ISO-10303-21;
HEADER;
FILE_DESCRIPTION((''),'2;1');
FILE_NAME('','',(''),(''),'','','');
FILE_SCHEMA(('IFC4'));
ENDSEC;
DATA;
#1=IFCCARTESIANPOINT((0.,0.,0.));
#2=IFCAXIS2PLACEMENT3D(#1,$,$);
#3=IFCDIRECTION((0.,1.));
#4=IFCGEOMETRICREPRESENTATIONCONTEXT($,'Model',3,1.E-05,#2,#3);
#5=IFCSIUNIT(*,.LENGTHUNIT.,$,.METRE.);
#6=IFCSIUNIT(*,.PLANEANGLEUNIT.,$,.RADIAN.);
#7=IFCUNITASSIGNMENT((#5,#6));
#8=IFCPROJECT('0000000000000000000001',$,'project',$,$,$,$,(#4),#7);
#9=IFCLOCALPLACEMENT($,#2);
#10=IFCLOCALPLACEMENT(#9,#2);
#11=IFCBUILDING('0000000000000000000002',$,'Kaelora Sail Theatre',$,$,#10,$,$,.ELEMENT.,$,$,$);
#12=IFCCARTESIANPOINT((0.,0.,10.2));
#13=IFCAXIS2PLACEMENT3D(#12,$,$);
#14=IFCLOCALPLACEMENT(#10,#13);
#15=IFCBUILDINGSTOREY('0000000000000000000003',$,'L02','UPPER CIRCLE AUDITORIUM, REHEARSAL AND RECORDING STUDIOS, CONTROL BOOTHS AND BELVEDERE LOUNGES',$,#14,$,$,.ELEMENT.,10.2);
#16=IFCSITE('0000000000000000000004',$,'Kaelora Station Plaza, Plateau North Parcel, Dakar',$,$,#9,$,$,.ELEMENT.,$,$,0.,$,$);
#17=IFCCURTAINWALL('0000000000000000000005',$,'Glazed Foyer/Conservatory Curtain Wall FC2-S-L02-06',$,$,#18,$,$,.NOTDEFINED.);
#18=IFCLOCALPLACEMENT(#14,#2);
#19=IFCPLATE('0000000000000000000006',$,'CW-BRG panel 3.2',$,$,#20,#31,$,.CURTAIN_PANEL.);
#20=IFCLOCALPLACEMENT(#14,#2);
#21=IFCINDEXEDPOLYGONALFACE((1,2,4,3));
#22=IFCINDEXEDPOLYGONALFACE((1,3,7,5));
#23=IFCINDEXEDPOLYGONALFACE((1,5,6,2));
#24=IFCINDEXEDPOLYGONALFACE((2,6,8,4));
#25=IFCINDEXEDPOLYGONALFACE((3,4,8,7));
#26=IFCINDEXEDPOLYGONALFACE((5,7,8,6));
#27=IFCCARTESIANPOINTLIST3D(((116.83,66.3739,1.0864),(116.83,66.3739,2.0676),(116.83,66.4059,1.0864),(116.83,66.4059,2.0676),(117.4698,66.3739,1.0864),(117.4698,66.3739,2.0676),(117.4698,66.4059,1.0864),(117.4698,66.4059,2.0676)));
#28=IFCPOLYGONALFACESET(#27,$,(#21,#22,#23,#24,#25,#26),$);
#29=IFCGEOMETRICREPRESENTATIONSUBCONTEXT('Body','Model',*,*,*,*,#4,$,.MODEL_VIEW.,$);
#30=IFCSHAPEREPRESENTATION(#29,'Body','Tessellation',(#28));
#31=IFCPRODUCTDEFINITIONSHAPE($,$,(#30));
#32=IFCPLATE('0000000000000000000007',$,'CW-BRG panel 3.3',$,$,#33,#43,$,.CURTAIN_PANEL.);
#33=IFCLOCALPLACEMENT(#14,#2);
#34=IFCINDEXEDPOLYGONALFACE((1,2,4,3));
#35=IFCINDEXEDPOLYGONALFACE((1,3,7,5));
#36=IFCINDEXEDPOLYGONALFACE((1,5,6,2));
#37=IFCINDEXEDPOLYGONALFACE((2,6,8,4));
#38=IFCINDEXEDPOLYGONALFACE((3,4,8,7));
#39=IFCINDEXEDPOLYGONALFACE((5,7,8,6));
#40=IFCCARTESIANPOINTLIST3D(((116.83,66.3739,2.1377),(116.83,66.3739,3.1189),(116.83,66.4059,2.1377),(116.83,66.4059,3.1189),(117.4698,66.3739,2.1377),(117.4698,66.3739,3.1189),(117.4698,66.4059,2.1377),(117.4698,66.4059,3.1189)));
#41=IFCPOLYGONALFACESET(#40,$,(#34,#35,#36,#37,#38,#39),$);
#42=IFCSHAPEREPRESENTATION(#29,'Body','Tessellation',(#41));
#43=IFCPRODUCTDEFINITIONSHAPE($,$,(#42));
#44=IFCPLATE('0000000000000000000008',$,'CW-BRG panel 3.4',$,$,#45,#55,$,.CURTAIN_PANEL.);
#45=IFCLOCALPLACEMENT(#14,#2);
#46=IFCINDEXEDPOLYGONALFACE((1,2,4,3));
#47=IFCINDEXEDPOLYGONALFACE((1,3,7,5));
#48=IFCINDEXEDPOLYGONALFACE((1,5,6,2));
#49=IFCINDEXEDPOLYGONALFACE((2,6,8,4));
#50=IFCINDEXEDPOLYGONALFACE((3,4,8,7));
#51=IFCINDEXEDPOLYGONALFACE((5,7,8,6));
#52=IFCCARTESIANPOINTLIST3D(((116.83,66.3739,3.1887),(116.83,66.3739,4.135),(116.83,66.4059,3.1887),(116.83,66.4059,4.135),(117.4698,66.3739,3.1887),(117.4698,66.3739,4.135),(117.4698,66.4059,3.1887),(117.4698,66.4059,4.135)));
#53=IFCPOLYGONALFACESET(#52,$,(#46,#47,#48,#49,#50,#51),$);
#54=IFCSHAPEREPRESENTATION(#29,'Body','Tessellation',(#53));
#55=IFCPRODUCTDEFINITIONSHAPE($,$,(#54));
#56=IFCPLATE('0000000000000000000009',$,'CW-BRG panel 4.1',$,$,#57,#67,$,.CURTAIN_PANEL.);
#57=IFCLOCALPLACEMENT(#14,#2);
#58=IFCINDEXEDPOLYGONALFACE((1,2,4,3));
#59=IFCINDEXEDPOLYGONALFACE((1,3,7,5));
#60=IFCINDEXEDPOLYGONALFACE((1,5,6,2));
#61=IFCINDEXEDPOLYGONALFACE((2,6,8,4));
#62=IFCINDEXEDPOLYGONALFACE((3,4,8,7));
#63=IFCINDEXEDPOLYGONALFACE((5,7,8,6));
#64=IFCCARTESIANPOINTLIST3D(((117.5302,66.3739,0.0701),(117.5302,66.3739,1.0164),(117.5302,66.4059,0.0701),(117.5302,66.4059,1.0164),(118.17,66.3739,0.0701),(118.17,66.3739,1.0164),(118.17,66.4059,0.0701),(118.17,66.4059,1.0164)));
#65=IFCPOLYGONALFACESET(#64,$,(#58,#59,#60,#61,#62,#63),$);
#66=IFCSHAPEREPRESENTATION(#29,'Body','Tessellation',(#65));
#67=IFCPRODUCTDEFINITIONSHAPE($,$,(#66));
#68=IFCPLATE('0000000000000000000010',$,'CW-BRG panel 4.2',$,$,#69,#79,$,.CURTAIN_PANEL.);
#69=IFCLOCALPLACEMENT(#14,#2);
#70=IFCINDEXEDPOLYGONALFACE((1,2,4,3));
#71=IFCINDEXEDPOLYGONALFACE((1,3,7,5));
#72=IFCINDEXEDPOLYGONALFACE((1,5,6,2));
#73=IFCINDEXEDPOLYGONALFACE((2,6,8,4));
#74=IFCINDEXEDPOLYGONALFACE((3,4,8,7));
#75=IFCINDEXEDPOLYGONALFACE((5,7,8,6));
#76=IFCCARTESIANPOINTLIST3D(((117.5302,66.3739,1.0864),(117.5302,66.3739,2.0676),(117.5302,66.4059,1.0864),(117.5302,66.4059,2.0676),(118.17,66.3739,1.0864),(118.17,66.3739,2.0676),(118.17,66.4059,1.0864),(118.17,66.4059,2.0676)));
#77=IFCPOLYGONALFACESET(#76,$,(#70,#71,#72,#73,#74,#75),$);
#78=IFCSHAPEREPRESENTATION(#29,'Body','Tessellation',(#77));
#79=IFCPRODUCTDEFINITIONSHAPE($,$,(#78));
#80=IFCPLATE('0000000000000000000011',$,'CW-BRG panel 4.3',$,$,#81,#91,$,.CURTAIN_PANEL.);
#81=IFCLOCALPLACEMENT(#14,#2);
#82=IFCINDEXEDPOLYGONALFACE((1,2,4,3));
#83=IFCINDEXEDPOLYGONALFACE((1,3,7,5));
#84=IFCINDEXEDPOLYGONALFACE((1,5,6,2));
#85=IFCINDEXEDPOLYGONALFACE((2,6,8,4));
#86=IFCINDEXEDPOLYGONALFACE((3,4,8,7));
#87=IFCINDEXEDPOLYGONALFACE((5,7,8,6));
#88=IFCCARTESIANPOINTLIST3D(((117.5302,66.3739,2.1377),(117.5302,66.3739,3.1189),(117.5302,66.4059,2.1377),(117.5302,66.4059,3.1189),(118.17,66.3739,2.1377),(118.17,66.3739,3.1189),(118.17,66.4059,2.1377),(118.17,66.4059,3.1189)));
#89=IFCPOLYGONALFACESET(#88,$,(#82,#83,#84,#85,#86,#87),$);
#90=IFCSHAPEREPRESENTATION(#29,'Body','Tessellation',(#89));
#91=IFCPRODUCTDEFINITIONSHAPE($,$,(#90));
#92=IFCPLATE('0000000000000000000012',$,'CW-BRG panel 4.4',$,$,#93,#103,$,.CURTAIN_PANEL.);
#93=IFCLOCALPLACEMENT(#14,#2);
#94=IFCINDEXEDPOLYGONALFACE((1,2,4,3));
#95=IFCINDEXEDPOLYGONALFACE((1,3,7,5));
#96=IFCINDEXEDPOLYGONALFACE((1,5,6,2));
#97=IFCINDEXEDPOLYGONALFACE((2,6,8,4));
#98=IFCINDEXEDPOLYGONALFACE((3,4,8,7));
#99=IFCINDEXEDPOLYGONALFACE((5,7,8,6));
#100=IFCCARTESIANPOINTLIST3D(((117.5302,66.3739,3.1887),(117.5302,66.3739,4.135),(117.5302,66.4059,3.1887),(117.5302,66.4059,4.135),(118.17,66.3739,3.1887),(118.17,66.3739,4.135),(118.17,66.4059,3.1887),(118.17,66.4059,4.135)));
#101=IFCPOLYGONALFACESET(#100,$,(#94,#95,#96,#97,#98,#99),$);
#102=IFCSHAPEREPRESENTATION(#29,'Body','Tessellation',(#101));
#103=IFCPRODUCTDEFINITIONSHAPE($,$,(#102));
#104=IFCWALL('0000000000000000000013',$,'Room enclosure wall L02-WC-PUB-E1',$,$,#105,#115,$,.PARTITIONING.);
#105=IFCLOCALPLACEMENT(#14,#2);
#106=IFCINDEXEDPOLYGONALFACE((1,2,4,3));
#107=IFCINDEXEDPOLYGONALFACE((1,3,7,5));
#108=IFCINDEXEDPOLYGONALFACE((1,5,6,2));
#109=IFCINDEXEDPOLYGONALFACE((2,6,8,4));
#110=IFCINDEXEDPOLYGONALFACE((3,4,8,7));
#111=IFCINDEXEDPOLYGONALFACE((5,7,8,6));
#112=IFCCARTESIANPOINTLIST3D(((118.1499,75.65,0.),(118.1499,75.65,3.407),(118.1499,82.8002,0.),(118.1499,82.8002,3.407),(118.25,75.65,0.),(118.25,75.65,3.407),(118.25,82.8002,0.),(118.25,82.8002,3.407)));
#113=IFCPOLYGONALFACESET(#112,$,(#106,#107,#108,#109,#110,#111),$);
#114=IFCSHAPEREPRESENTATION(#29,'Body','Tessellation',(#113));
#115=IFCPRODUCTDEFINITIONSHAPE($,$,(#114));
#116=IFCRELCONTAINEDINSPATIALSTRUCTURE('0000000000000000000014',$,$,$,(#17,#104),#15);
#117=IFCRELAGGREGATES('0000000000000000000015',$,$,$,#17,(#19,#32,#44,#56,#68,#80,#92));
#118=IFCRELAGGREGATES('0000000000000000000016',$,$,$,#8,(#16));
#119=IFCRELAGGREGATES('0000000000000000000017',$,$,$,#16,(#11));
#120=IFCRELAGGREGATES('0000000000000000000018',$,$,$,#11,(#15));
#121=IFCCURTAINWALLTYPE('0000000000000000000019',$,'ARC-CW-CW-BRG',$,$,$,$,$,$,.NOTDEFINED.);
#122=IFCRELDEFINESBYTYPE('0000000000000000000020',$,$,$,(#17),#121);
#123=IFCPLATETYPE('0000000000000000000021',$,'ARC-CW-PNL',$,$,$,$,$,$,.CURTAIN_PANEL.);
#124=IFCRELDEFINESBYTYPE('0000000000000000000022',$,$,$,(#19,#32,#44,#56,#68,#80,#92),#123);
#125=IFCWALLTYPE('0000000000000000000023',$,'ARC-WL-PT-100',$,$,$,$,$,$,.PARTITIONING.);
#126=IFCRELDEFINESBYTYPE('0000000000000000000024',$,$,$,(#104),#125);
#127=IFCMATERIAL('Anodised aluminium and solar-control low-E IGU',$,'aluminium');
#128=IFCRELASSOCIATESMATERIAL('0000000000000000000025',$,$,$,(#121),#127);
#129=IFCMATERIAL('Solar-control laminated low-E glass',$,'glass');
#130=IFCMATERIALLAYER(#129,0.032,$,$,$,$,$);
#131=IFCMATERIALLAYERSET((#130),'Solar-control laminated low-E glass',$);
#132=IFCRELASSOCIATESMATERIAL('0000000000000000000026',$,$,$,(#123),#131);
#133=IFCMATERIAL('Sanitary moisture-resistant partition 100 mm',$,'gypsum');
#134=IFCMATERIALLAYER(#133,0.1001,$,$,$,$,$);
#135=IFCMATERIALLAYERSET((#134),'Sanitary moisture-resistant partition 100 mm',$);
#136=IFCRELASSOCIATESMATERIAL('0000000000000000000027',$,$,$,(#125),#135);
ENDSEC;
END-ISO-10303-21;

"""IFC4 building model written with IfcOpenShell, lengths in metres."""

from ifc_helpers import new_model, si_unit, direction, frame, frame_2d, origin, origin_2d, place, context, subcontext, project, spatial, rectangle, extrude, material, layer, layer_set, type_object, element, aggregate, save


model = new_model("IFC4")

# Units and contexts
model_context = context("Model", 3, precision=1e-05, world=origin(), true_north=direction((0.0, 1.0)))
body_context = subcontext(model_context, "Body", "Model", "MODEL_VIEW")
ifc_project = project(units=[si_unit("LENGTHUNIT", "METRE"), si_unit("PLANEANGLEUNIT", "RADIAN")], contexts=[model_context])

# Site, building, storey
site_placement = place(None, origin())
site = spatial("IfcSite", under=ifc_project, at=site_placement, Name="Kaelora Station Plaza, Plateau North Parcel, Dakar", CompositionType="ELEMENT", RefElevation=0.0)
building_placement = place(site_placement, origin())
building = spatial("IfcBuilding", under=site, at=building_placement, Name="Kaelora Sail Theatre", CompositionType="ELEMENT")
storey_placement = place(building_placement, frame((0.0, 0.0, 10.2)))
storey = spatial("IfcBuildingStorey", under=building, at=storey_placement, Name="L02", Description="UPPER CIRCLE AUDITORIUM, REHEARSAL AND RECORDING STUDIOS, CONTROL BOOTHS AND BELVEDERE LOUNGES", CompositionType="ELEMENT", Elevation=10.2)

# Curtain wall
ifc_material_1 = material(Name="Anodised aluminium and solar-control low-E IGU", Category="aluminium")
curtain_wall_type = type_object("IfcCurtainWallType", Name="ARC-CW-CW-BRG", PredefinedType="NOTDEFINED", material=ifc_material_1)
curtain_wall_placement = place(storey_placement, origin())
curtain_wall = element("IfcCurtainWall", 1, at=curtain_wall_placement, inside=storey, type_object=curtain_wall_type, Name="Glazed Foyer/Conservatory Curtain Wall FC2-S-L02-06", PredefinedType="NOTDEFINED")

# Plates
ifc_material_2 = material(Name="Solar-control laminated low-E glass", Category="glass")
ifc_layer_1 = layer(ifc_material_2, 0.032)
ifc_layer_set_1 = layer_set([ifc_layer_1], Name="Solar-control laminated low-E glass")
plate_type = type_object("IfcPlateType", Name="ARC-CW-PNL", PredefinedType="CURTAIN_PANEL", material=ifc_layer_set_1)
plate_1_placement = place(storey_placement, frame((117.1499, 66.3899, 1.0864), z_axis=(0.0, 0.0, 1.0), x_axis=(1.0, 0.0, 0.0)))
plate_1 = element("IfcPlate", 2, at=plate_1_placement, type_object=plate_type, Name="CW-BRG panel 3.2", PredefinedType="CURTAIN_PANEL", context=body_context, shape_type="SweptSolid", body=[
    extrude(rectangle(XDim=0.6399, YDim=0.032, at=origin_2d()), origin(), (0.0, 0.0, 1.0), 0.9812),
])
plate_2_placement = place(storey_placement, frame((117.1499, 66.3899, 2.1377), z_axis=(0.0, 0.0, 1.0), x_axis=(1.0, 0.0, 0.0)))
plate_2 = element("IfcPlate", 3, at=plate_2_placement, type_object=plate_type, Name="CW-BRG panel 3.3", PredefinedType="CURTAIN_PANEL", context=body_context, shape_type="SweptSolid", body=[
    extrude(rectangle(XDim=0.6399, YDim=0.032, at=origin_2d()), origin(), (0.0, 0.0, 1.0), 0.9812),
])
plate_3_placement = place(storey_placement, frame((117.1499, 66.3899, 3.1887), z_axis=(0.0, 0.0, 1.0), x_axis=(1.0, 0.0, 0.0)))
plate_3 = element("IfcPlate", 4, at=plate_3_placement, type_object=plate_type, Name="CW-BRG panel 3.4", PredefinedType="CURTAIN_PANEL", context=body_context, shape_type="SweptSolid", body=[
    extrude(rectangle(XDim=0.6399, YDim=0.032, at=origin_2d()), origin(), (0.0, 0.0, 1.0), 0.9463),
])
plate_4_placement = place(storey_placement, frame((117.8501, 66.3899, 0.0701), z_axis=(0.0, 0.0, 1.0), x_axis=(1.0, 0.0, 0.0)))
plate_4 = element("IfcPlate", 5, at=plate_4_placement, type_object=plate_type, Name="CW-BRG panel 4.1", PredefinedType="CURTAIN_PANEL", context=body_context, shape_type="SweptSolid", body=[
    extrude(rectangle(XDim=0.6399, YDim=0.032, at=origin_2d()), origin(), (0.0, 0.0, 1.0), 0.9463),
])
plate_5_placement = place(storey_placement, frame((117.8501, 66.3899, 1.0864), z_axis=(0.0, 0.0, 1.0), x_axis=(1.0, 0.0, 0.0)))
plate_5 = element("IfcPlate", 6, at=plate_5_placement, type_object=plate_type, Name="CW-BRG panel 4.2", PredefinedType="CURTAIN_PANEL", context=body_context, shape_type="SweptSolid", body=[
    extrude(rectangle(XDim=0.6399, YDim=0.032, at=origin_2d()), origin(), (0.0, 0.0, 1.0), 0.9812),
])
plate_6_placement = place(storey_placement, frame((117.8501, 66.3899, 2.1377), z_axis=(0.0, 0.0, 1.0), x_axis=(1.0, 0.0, 0.0)))
plate_6 = element("IfcPlate", 7, at=plate_6_placement, type_object=plate_type, Name="CW-BRG panel 4.3", PredefinedType="CURTAIN_PANEL", context=body_context, shape_type="SweptSolid", body=[
    extrude(rectangle(XDim=0.6399, YDim=0.032, at=origin_2d()), origin(), (0.0, 0.0, 1.0), 0.9812),
])
plate_7_placement = place(storey_placement, frame((117.8501, 66.3899, 3.1887), z_axis=(0.0, 0.0, 1.0), x_axis=(1.0, 0.0, 0.0)))
plate_7 = element("IfcPlate", 8, at=plate_7_placement, type_object=plate_type, Name="CW-BRG panel 4.4", PredefinedType="CURTAIN_PANEL", context=body_context, shape_type="SweptSolid", body=[
    extrude(rectangle(XDim=0.6399, YDim=0.032, at=origin_2d()), origin(), (0.0, 0.0, 1.0), 0.9463),
])
aggregate(curtain_wall, [plate_1, plate_2, plate_3, plate_4, plate_5, plate_6, plate_7])

# Wall
ifc_material_3 = material(Name="Sanitary moisture-resistant partition 100 mm", Category="gypsum")
ifc_layer_2 = layer(ifc_material_3, 0.1001)
ifc_layer_set_2 = layer_set([ifc_layer_2], Name="Sanitary moisture-resistant partition 100 mm")
wall_type = type_object("IfcWallType", Name="ARC-WL-PT-100", PredefinedType="PARTITIONING", material=ifc_layer_set_2)
wall_placement = place(storey_placement, frame((118.2, 75.6499, 0.0), z_axis=(0.0, 0.0, 1.0), x_axis=(0.0, 1.0, 0.0)))
element("IfcWall", 9, at=wall_placement, inside=storey, type_object=wall_type, Name="Room enclosure wall L02-WC-PUB-E1", PredefinedType="PARTITIONING", context=body_context, shape_type="SweptSolid", body=[
    extrude(rectangle(XDim=7.1501, YDim=0.1001, at=frame_2d((3.5752, 0.0))), origin(), (0.0, 0.0, 1.0), 3.407),
])

save(model, "model.ifc")
